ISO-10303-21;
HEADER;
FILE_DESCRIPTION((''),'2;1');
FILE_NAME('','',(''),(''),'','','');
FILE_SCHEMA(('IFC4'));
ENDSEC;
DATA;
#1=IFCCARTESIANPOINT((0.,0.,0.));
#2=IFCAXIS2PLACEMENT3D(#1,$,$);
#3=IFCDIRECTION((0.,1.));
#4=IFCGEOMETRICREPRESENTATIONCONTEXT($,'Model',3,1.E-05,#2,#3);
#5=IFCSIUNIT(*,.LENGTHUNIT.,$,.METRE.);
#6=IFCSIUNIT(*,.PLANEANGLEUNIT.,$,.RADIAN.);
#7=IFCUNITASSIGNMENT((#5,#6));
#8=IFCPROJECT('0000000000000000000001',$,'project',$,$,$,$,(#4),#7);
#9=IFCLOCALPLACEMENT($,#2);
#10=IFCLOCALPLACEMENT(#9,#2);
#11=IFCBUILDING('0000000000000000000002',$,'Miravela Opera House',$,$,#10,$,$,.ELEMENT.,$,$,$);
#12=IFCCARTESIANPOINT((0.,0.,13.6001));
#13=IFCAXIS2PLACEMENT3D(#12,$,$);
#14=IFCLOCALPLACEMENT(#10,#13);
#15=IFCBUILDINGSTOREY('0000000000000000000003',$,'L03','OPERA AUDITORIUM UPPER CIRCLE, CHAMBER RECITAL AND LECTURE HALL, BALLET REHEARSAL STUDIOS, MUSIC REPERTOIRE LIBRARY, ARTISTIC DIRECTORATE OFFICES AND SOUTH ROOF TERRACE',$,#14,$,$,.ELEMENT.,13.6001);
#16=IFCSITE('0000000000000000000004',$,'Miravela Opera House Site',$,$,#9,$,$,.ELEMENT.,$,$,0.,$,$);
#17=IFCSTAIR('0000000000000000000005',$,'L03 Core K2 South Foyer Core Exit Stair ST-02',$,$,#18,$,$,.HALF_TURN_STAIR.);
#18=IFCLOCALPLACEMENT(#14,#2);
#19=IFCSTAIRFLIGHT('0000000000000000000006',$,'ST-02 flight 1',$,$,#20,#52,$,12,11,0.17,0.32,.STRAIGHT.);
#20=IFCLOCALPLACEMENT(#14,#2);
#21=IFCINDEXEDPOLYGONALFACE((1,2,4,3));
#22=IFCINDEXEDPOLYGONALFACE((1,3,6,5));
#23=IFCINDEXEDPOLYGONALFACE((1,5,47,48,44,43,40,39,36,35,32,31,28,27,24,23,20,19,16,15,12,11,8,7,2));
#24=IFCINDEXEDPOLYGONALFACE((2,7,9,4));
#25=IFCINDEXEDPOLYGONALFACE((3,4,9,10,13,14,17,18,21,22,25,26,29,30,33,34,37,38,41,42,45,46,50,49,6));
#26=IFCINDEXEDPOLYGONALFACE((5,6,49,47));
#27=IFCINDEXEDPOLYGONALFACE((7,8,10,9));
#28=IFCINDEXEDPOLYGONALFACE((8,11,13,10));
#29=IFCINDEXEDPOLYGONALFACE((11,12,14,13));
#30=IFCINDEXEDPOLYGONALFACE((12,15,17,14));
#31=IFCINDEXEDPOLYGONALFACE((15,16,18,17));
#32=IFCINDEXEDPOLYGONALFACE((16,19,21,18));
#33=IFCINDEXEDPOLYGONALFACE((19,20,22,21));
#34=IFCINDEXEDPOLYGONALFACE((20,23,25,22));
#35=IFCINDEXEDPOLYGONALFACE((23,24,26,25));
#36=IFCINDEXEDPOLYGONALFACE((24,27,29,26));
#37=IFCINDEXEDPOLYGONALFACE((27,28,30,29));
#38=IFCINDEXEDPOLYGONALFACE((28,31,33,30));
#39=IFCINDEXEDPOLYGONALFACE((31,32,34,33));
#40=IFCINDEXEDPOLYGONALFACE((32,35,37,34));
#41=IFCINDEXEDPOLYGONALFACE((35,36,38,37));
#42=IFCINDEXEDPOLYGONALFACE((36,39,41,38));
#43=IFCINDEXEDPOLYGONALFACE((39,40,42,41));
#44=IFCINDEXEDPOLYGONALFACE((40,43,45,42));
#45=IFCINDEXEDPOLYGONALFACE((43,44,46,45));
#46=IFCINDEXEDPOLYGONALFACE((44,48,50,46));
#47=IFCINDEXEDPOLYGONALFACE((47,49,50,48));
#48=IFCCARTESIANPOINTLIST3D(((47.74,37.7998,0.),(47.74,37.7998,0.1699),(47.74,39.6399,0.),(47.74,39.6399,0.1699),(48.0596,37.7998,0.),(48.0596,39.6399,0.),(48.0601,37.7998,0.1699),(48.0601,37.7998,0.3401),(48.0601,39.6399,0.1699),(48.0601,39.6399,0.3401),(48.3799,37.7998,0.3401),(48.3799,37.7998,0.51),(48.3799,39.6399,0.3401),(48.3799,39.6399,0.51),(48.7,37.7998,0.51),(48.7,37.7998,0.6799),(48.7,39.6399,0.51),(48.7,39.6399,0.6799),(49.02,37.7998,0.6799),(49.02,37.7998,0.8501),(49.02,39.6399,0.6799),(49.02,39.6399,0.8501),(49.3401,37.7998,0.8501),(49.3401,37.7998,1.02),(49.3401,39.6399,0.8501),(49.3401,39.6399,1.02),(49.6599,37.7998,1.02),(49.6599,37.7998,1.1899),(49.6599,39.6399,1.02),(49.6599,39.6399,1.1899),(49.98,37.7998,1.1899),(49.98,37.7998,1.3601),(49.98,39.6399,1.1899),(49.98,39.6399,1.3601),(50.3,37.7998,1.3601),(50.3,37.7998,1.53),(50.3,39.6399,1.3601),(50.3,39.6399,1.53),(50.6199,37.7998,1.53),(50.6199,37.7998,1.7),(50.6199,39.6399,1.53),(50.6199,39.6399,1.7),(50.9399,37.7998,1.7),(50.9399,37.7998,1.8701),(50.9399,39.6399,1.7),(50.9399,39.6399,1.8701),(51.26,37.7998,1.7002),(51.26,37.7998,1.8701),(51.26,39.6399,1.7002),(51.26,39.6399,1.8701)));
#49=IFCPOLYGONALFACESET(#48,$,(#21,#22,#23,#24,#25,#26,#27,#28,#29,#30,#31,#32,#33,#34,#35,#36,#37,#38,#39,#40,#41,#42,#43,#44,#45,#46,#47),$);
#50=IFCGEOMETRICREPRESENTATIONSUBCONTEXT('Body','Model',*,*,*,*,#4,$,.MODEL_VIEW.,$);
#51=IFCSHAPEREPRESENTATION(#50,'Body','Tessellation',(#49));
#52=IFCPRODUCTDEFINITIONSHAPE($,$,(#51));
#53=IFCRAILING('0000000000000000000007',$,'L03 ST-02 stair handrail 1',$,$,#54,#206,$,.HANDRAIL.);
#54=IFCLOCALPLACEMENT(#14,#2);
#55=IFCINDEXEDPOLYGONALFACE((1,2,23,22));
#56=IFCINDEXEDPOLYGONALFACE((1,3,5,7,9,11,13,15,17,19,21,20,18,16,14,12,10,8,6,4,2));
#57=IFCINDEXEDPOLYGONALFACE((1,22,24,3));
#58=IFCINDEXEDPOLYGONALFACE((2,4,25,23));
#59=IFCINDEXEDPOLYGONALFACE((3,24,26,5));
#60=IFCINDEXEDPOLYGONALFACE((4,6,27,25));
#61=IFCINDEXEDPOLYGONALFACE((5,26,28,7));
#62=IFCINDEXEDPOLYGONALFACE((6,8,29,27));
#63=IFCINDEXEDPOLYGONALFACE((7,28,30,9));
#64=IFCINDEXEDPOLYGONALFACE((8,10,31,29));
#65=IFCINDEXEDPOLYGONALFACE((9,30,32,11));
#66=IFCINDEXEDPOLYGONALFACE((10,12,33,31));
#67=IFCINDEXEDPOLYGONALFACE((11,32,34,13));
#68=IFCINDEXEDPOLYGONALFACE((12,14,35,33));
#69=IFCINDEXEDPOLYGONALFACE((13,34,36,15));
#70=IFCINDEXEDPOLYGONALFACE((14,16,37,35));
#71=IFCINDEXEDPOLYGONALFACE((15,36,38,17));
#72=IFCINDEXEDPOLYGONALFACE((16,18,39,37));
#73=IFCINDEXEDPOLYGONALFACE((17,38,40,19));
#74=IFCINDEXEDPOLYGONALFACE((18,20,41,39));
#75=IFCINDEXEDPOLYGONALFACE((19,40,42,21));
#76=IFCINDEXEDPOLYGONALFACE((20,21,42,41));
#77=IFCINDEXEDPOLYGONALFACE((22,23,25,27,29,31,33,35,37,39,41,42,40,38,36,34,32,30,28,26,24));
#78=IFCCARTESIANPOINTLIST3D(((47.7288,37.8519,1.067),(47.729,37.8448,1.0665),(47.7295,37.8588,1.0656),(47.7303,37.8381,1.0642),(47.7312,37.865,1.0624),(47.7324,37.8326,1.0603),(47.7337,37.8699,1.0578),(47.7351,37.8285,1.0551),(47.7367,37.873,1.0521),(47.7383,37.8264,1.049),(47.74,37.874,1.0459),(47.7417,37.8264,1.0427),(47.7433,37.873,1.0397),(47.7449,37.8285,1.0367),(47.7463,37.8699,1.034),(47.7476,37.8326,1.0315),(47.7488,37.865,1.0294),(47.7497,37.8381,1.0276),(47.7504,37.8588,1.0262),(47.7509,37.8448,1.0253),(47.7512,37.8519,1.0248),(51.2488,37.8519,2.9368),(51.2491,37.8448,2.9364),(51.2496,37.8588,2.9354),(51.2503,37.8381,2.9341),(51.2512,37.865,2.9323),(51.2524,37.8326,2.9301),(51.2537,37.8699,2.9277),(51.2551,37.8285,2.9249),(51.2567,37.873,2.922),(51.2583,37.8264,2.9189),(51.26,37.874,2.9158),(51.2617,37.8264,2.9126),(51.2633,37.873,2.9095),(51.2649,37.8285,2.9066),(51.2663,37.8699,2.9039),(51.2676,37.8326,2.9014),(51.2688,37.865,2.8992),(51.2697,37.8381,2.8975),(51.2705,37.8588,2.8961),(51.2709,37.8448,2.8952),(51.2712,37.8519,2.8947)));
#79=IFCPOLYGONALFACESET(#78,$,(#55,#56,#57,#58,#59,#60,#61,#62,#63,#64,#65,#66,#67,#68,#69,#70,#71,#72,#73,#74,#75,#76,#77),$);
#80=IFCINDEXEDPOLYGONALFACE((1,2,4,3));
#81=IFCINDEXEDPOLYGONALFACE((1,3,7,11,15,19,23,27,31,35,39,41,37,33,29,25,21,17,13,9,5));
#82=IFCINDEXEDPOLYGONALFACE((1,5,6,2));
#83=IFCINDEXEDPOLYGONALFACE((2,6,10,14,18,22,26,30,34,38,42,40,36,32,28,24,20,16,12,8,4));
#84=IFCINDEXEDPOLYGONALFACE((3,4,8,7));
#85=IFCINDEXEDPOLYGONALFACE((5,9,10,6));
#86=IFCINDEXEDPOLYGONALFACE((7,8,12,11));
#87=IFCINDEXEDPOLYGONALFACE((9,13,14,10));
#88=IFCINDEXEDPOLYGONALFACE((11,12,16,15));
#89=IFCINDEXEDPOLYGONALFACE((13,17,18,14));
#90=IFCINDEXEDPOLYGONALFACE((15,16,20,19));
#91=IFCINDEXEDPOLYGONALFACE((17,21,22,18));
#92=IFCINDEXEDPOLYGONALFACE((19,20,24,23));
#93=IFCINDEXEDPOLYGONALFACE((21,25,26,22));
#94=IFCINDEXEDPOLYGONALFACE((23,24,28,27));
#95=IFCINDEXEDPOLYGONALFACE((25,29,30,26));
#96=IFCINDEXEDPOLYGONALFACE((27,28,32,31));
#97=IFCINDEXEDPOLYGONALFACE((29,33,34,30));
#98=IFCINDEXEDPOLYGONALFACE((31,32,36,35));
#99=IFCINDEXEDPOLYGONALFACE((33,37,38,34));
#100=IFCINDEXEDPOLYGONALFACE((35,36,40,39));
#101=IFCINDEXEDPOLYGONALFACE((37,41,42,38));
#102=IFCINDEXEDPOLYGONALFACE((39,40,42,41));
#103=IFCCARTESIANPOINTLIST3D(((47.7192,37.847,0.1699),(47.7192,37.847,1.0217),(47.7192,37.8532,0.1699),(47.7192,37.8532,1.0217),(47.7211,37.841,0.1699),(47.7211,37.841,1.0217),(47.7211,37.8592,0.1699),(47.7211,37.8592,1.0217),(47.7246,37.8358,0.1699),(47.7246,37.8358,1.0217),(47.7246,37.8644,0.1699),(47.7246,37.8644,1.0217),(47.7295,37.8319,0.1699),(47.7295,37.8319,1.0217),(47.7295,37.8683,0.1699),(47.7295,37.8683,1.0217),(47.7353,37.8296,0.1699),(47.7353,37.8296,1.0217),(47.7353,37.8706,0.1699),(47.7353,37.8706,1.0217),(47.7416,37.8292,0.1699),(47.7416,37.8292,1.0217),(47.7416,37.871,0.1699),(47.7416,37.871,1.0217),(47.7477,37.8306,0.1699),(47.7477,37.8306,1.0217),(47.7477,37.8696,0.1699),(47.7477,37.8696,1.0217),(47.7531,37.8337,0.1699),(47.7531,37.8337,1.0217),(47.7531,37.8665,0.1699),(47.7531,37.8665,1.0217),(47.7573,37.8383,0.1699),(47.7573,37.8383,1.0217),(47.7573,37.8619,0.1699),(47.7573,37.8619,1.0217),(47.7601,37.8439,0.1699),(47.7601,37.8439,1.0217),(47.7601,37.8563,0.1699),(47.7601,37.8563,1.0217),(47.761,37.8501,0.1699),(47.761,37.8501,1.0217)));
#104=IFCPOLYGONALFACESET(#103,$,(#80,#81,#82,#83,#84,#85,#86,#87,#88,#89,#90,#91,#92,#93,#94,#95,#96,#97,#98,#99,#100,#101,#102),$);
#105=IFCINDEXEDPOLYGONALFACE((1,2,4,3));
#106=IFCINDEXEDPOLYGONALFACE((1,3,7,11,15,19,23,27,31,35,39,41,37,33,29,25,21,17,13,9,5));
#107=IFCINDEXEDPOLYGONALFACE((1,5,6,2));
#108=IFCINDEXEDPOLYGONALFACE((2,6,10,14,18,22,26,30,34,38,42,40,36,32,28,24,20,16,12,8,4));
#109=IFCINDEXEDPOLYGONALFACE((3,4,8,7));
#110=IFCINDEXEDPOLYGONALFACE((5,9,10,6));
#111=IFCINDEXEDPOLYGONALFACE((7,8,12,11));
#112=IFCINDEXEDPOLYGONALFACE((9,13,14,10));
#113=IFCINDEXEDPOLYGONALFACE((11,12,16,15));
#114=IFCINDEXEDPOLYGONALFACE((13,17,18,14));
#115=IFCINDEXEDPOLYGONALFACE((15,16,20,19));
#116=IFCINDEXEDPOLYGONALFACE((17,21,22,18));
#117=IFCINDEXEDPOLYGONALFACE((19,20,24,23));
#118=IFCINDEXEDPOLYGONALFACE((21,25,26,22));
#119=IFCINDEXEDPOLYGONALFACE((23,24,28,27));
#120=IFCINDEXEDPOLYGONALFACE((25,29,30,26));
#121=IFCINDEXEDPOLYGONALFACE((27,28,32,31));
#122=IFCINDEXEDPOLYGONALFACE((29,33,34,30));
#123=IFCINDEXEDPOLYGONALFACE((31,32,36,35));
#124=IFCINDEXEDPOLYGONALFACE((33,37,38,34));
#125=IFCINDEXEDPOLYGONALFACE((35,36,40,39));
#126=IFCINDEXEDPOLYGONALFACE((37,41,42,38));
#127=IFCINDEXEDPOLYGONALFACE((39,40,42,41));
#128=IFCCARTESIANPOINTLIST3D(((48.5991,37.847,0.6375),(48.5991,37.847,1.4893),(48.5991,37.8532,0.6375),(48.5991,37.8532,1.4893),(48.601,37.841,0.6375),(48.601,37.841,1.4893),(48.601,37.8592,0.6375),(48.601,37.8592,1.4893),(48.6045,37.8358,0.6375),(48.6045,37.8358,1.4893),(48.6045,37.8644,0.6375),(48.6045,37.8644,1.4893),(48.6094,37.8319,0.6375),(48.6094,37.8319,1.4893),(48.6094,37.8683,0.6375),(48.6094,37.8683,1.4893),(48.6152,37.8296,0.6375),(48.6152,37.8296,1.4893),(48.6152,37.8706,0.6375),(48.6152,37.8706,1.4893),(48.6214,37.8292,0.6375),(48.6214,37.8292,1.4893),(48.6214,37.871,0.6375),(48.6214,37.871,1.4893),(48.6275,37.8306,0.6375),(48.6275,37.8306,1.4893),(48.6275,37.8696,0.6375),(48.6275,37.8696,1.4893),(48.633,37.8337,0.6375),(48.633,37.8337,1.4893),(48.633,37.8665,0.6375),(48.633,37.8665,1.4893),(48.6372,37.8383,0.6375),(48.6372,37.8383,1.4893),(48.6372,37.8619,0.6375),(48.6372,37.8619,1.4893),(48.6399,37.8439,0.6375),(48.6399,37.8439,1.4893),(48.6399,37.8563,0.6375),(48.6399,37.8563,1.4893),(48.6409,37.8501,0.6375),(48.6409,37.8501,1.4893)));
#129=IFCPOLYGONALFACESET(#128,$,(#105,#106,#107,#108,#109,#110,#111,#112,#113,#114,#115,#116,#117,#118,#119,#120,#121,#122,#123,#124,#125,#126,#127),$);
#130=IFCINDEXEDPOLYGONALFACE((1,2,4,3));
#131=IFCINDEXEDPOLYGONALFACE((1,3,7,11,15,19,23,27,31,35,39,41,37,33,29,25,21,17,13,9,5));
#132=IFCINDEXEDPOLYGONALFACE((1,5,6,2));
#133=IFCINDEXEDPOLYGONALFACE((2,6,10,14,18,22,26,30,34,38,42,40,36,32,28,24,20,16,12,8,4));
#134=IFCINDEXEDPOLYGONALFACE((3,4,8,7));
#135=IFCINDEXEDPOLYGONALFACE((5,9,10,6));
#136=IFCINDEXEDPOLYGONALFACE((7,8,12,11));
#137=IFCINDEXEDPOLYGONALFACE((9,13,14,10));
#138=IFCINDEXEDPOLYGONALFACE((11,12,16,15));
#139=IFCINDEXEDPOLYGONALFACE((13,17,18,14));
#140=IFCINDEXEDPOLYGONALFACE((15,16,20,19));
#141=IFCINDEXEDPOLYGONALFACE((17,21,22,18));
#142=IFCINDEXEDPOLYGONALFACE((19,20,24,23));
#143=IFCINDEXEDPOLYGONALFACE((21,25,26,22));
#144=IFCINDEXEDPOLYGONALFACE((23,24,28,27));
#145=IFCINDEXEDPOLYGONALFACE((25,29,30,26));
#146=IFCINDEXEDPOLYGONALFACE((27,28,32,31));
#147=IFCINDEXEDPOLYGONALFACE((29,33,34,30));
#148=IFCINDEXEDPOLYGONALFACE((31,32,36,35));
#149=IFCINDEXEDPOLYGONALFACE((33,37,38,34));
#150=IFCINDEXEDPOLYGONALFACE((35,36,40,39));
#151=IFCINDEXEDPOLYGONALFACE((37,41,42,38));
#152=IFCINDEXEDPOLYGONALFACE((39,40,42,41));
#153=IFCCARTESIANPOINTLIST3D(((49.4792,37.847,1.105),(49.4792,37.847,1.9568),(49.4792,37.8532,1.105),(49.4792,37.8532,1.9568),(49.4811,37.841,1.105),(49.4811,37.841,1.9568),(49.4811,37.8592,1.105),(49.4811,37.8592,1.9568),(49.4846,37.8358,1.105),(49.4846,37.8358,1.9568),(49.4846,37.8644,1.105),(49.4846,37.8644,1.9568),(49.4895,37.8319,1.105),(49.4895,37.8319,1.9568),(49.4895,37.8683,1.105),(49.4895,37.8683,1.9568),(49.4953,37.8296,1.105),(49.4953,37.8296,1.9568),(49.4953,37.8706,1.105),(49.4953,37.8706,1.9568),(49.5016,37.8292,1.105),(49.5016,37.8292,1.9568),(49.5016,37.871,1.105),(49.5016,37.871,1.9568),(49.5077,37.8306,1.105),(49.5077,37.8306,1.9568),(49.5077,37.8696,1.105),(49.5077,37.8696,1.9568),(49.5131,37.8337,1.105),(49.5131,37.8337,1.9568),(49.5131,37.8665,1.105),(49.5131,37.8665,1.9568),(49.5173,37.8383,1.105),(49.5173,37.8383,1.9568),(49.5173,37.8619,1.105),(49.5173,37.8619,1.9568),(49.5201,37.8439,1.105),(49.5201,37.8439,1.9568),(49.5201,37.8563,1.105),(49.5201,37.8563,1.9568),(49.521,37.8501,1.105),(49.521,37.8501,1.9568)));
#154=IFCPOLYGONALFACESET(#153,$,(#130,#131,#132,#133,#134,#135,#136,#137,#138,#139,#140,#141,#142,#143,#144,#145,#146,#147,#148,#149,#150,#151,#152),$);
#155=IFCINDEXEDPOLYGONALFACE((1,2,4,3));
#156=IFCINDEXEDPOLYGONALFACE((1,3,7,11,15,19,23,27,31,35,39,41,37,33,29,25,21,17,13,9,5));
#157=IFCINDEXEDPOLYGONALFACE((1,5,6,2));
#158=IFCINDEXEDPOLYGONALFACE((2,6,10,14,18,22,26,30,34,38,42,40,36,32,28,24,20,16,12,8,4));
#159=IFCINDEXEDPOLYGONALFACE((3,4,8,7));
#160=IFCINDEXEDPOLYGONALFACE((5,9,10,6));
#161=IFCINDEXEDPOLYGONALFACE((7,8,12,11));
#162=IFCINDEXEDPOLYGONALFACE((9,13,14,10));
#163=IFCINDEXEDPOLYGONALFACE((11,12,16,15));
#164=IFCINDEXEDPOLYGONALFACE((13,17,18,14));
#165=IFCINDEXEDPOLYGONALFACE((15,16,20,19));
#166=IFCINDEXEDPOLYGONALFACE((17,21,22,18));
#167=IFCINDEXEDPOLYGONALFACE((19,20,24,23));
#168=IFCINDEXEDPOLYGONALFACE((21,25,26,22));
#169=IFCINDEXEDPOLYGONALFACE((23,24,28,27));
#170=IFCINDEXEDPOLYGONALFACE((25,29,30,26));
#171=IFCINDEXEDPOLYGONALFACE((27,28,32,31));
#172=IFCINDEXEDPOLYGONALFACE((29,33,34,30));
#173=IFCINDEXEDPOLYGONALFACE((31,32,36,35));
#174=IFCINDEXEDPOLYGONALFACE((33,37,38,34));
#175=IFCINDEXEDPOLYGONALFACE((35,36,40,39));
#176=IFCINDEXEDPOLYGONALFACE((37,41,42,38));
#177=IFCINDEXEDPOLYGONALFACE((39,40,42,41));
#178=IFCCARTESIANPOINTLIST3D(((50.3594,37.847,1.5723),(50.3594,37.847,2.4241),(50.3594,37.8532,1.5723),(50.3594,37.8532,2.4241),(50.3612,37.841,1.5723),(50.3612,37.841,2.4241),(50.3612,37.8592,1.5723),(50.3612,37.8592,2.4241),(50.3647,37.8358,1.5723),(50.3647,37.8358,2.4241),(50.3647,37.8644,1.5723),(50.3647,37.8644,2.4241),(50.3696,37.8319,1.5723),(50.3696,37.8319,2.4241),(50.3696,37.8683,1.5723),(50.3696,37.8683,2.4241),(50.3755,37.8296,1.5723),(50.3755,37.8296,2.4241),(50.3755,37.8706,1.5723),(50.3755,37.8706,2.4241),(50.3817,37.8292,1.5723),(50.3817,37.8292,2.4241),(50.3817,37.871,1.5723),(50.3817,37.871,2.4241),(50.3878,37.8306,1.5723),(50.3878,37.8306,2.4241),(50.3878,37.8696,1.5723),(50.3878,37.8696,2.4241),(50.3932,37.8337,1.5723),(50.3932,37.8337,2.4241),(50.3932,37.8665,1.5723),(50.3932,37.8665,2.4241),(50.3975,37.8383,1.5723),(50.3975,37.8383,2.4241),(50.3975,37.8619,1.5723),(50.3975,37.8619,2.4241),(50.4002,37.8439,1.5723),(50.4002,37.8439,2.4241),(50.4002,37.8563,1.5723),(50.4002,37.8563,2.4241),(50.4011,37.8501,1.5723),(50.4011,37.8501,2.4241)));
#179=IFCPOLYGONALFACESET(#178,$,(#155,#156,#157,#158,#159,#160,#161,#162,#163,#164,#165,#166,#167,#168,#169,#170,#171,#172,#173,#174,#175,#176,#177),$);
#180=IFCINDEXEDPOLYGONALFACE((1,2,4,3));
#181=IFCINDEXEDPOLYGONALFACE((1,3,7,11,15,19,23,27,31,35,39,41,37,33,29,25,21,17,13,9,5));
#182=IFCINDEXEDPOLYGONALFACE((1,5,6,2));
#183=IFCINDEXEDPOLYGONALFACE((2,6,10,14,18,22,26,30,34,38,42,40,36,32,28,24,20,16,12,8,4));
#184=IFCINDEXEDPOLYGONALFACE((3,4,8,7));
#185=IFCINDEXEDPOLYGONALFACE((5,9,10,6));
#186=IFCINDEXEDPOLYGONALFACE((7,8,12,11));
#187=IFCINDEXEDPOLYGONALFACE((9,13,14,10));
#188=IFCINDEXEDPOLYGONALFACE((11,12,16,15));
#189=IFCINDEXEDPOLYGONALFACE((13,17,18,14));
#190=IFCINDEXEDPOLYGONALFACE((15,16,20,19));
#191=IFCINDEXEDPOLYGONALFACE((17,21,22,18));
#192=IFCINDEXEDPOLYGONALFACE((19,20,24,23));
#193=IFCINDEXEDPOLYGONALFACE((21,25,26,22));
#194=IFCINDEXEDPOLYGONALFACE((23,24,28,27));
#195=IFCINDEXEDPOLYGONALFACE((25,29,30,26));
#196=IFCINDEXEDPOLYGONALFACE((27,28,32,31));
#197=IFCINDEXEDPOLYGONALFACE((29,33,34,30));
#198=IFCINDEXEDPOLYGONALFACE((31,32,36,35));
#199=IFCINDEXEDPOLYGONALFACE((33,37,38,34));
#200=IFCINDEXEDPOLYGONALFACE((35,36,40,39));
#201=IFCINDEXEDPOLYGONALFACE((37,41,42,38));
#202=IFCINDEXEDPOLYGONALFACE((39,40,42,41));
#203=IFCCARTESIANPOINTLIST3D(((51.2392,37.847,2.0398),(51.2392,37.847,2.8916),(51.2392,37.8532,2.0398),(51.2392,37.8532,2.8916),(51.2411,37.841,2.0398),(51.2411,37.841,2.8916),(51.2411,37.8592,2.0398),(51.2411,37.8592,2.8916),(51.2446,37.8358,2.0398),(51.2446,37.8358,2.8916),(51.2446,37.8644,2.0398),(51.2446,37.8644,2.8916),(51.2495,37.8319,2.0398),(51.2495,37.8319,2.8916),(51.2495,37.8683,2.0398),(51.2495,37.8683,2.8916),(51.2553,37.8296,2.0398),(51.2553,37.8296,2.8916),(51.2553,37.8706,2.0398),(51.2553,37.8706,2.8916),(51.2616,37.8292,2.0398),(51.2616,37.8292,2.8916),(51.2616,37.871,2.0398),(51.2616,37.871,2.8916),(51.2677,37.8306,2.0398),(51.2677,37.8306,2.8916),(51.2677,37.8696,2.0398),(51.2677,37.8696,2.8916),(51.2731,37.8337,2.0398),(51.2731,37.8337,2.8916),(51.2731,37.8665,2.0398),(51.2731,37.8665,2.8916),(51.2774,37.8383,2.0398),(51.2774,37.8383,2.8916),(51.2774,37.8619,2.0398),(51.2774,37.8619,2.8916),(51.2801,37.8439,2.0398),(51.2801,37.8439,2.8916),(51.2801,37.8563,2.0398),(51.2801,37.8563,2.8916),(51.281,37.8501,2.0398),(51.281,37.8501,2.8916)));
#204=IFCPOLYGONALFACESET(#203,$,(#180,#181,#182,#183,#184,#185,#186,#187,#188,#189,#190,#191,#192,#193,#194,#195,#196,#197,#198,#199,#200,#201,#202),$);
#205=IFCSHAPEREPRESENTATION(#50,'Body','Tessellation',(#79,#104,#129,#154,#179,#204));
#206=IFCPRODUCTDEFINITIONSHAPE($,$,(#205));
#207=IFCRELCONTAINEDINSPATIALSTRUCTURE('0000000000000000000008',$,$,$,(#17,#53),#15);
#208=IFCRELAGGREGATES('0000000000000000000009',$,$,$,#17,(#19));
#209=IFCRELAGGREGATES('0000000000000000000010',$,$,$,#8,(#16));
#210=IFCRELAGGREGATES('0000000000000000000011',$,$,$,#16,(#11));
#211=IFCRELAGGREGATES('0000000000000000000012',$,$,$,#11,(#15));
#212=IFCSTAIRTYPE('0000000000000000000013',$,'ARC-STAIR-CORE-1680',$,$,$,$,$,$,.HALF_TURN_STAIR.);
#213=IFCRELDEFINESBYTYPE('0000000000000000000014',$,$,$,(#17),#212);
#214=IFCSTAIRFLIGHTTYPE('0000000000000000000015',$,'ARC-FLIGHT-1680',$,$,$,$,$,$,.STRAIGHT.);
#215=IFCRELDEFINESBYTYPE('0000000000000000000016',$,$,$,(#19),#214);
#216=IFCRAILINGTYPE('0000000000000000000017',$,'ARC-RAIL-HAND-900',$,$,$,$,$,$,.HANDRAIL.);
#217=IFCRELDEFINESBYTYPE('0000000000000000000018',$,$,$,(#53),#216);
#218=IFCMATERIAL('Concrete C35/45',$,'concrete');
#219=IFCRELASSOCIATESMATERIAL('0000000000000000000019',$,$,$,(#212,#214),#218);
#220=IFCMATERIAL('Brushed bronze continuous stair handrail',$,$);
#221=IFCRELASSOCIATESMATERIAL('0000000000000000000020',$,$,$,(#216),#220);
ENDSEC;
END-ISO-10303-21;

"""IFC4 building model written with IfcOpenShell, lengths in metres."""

from ifc_helpers import new_model, si_unit, direction, frame, origin, origin_2d, place, context, subcontext, project, spatial, polyline, circle, outline, extrude, material, type_object, element, aggregate, save


model = new_model("IFC4")

# Units and contexts
model_context = context("Model", 3, precision=1e-05, world=origin(), true_north=direction((0.0, 1.0)))
body_context = subcontext(model_context, "Body", "Model", "MODEL_VIEW")
ifc_project = project(units=[si_unit("LENGTHUNIT", "METRE"), si_unit("PLANEANGLEUNIT", "RADIAN")], contexts=[model_context])

# Site, building, storey
site_placement = place(None, origin())
site = spatial("IfcSite", under=ifc_project, at=site_placement, Name="Miravela Opera House Site", CompositionType="ELEMENT", RefElevation=0.0)
building_placement = place(site_placement, origin())
building = spatial("IfcBuilding", under=site, at=building_placement, Name="Miravela Opera House", CompositionType="ELEMENT")
storey_placement = place(building_placement, frame((0.0, 0.0, 13.6001)))
storey = spatial("IfcBuildingStorey", under=building, at=storey_placement, Name="L03", Description="OPERA AUDITORIUM UPPER CIRCLE, CHAMBER RECITAL AND LECTURE HALL, BALLET REHEARSAL STUDIOS, MUSIC REPERTOIRE LIBRARY, ARTISTIC DIRECTORATE OFFICES AND SOUTH ROOF TERRACE", CompositionType="ELEMENT", Elevation=13.6001)

# Shared definitions
ifc_material_1 = material(Name="Concrete C35/45", Category="concrete")

# Stair, stair flight
stair_type = type_object("IfcStairType", Name="ARC-STAIR-CORE-1680", PredefinedType="HALF_TURN_STAIR", material=ifc_material_1)
stair_placement = place(storey_placement, origin())
stair = element("IfcStair", 1, at=stair_placement, inside=storey, type_object=stair_type, Name="L03 Core K2 South Foyer Core Exit Stair ST-02", PredefinedType="HALF_TURN_STAIR")
stair_flight_type = type_object("IfcStairFlightType", Name="ARC-FLIGHT-1680", PredefinedType="STRAIGHT", material=ifc_material_1)
stair_flight_placement = place(storey_placement, frame((47.74, 38.72, 0.0), z_axis=(0.0, 0.0, 1.0), x_axis=(1.0, 0.0, 0.0)))
stair_flight = element("IfcStairFlight", 2, at=stair_flight_placement, type_object=stair_flight_type, Name="ST-02 flight 1", NumberOfRisers=12, NumberOfTreads=11, PredefinedType="STRAIGHT", RiserHeight=0.17, TreadLength=0.32, context=body_context, shape_type="SweptSolid", body=[
    extrude(outline(polyline([(0.0, 0.0), (0.0, 0.1699), (0.3201, 0.1699), (0.3201, 0.3401), (0.6399, 0.3401), (0.6399, 0.51), (0.96, 0.51), (0.96, 0.6799), (1.28, 0.6799), (1.28, 0.8501), (1.6001, 0.8501), (1.6001, 1.02), (1.9199, 1.02), (1.9199, 1.1899), (2.24, 1.1899), (2.24, 1.3601), (2.5601, 1.3601), (2.5601, 1.53), (2.8799, 1.53), (2.8799, 1.7), (3.2, 1.7), (3.2, 1.8701), (3.52, 1.8701), (3.52, 2.04), (3.52, 1.7002), (0.3196, 0.0), (0.0, 0.0)])), frame((0.0, 0.9199, 0.0), z_axis=(0.0, -1.0, 0.0), x_axis=(1.0, 0.0, 0.0)), (0.0, 0.0, 1.0), 1.8401),
])
aggregate(stair, [stair_flight])

# Railing
ifc_material_2 = material(Name="Brushed bronze continuous stair handrail")
railing_type_1 = type_object("IfcRailingType", Name="ARC-RAIL-HAND-900", PredefinedType="HANDRAIL", material=ifc_material_2)
railing_1_placement = place(storey_placement, frame((47.74, 37.8501, 0.1699)))
element("IfcRailing", 3, at=railing_1_placement, inside=storey, type_object=railing_type_1, Name="L03 ST-02 stair handrail 1", PredefinedType="HANDRAIL", context=body_context, shape_type="SweptSolid", body=[
    extrude(circle(Radius=0.0239, at=origin_2d()), frame((0.0, 0.0, 0.876), z_axis=(0.88313, 0.0, 0.469128), x_axis=(0.0, 1.0, 0.0)), (0.0, 0.0, 1.0), 3.9858),
    extrude(circle(Radius=0.021, at=origin_2d()), origin(), (0.0, 0.0, 1.0), 0.8518),
    extrude(circle(Radius=0.021, at=origin_2d()), frame((0.8799, 0.0, 0.4675)), (0.0, 0.0, 1.0), 0.8518),
    extrude(circle(Radius=0.021, at=origin_2d()), frame((1.76, 0.0, 0.9351)), (0.0, 0.0, 1.0), 0.8518),
    extrude(circle(Radius=0.021, at=origin_2d()), frame((2.6401, 0.0, 1.4023)), (0.0, 0.0, 1.0), 0.8518),
    extrude(circle(Radius=0.021, at=origin_2d()), frame((3.52, 0.0, 1.8699)), (0.0, 0.0, 1.0), 0.8518),
])

save(model, "model.ifc")
